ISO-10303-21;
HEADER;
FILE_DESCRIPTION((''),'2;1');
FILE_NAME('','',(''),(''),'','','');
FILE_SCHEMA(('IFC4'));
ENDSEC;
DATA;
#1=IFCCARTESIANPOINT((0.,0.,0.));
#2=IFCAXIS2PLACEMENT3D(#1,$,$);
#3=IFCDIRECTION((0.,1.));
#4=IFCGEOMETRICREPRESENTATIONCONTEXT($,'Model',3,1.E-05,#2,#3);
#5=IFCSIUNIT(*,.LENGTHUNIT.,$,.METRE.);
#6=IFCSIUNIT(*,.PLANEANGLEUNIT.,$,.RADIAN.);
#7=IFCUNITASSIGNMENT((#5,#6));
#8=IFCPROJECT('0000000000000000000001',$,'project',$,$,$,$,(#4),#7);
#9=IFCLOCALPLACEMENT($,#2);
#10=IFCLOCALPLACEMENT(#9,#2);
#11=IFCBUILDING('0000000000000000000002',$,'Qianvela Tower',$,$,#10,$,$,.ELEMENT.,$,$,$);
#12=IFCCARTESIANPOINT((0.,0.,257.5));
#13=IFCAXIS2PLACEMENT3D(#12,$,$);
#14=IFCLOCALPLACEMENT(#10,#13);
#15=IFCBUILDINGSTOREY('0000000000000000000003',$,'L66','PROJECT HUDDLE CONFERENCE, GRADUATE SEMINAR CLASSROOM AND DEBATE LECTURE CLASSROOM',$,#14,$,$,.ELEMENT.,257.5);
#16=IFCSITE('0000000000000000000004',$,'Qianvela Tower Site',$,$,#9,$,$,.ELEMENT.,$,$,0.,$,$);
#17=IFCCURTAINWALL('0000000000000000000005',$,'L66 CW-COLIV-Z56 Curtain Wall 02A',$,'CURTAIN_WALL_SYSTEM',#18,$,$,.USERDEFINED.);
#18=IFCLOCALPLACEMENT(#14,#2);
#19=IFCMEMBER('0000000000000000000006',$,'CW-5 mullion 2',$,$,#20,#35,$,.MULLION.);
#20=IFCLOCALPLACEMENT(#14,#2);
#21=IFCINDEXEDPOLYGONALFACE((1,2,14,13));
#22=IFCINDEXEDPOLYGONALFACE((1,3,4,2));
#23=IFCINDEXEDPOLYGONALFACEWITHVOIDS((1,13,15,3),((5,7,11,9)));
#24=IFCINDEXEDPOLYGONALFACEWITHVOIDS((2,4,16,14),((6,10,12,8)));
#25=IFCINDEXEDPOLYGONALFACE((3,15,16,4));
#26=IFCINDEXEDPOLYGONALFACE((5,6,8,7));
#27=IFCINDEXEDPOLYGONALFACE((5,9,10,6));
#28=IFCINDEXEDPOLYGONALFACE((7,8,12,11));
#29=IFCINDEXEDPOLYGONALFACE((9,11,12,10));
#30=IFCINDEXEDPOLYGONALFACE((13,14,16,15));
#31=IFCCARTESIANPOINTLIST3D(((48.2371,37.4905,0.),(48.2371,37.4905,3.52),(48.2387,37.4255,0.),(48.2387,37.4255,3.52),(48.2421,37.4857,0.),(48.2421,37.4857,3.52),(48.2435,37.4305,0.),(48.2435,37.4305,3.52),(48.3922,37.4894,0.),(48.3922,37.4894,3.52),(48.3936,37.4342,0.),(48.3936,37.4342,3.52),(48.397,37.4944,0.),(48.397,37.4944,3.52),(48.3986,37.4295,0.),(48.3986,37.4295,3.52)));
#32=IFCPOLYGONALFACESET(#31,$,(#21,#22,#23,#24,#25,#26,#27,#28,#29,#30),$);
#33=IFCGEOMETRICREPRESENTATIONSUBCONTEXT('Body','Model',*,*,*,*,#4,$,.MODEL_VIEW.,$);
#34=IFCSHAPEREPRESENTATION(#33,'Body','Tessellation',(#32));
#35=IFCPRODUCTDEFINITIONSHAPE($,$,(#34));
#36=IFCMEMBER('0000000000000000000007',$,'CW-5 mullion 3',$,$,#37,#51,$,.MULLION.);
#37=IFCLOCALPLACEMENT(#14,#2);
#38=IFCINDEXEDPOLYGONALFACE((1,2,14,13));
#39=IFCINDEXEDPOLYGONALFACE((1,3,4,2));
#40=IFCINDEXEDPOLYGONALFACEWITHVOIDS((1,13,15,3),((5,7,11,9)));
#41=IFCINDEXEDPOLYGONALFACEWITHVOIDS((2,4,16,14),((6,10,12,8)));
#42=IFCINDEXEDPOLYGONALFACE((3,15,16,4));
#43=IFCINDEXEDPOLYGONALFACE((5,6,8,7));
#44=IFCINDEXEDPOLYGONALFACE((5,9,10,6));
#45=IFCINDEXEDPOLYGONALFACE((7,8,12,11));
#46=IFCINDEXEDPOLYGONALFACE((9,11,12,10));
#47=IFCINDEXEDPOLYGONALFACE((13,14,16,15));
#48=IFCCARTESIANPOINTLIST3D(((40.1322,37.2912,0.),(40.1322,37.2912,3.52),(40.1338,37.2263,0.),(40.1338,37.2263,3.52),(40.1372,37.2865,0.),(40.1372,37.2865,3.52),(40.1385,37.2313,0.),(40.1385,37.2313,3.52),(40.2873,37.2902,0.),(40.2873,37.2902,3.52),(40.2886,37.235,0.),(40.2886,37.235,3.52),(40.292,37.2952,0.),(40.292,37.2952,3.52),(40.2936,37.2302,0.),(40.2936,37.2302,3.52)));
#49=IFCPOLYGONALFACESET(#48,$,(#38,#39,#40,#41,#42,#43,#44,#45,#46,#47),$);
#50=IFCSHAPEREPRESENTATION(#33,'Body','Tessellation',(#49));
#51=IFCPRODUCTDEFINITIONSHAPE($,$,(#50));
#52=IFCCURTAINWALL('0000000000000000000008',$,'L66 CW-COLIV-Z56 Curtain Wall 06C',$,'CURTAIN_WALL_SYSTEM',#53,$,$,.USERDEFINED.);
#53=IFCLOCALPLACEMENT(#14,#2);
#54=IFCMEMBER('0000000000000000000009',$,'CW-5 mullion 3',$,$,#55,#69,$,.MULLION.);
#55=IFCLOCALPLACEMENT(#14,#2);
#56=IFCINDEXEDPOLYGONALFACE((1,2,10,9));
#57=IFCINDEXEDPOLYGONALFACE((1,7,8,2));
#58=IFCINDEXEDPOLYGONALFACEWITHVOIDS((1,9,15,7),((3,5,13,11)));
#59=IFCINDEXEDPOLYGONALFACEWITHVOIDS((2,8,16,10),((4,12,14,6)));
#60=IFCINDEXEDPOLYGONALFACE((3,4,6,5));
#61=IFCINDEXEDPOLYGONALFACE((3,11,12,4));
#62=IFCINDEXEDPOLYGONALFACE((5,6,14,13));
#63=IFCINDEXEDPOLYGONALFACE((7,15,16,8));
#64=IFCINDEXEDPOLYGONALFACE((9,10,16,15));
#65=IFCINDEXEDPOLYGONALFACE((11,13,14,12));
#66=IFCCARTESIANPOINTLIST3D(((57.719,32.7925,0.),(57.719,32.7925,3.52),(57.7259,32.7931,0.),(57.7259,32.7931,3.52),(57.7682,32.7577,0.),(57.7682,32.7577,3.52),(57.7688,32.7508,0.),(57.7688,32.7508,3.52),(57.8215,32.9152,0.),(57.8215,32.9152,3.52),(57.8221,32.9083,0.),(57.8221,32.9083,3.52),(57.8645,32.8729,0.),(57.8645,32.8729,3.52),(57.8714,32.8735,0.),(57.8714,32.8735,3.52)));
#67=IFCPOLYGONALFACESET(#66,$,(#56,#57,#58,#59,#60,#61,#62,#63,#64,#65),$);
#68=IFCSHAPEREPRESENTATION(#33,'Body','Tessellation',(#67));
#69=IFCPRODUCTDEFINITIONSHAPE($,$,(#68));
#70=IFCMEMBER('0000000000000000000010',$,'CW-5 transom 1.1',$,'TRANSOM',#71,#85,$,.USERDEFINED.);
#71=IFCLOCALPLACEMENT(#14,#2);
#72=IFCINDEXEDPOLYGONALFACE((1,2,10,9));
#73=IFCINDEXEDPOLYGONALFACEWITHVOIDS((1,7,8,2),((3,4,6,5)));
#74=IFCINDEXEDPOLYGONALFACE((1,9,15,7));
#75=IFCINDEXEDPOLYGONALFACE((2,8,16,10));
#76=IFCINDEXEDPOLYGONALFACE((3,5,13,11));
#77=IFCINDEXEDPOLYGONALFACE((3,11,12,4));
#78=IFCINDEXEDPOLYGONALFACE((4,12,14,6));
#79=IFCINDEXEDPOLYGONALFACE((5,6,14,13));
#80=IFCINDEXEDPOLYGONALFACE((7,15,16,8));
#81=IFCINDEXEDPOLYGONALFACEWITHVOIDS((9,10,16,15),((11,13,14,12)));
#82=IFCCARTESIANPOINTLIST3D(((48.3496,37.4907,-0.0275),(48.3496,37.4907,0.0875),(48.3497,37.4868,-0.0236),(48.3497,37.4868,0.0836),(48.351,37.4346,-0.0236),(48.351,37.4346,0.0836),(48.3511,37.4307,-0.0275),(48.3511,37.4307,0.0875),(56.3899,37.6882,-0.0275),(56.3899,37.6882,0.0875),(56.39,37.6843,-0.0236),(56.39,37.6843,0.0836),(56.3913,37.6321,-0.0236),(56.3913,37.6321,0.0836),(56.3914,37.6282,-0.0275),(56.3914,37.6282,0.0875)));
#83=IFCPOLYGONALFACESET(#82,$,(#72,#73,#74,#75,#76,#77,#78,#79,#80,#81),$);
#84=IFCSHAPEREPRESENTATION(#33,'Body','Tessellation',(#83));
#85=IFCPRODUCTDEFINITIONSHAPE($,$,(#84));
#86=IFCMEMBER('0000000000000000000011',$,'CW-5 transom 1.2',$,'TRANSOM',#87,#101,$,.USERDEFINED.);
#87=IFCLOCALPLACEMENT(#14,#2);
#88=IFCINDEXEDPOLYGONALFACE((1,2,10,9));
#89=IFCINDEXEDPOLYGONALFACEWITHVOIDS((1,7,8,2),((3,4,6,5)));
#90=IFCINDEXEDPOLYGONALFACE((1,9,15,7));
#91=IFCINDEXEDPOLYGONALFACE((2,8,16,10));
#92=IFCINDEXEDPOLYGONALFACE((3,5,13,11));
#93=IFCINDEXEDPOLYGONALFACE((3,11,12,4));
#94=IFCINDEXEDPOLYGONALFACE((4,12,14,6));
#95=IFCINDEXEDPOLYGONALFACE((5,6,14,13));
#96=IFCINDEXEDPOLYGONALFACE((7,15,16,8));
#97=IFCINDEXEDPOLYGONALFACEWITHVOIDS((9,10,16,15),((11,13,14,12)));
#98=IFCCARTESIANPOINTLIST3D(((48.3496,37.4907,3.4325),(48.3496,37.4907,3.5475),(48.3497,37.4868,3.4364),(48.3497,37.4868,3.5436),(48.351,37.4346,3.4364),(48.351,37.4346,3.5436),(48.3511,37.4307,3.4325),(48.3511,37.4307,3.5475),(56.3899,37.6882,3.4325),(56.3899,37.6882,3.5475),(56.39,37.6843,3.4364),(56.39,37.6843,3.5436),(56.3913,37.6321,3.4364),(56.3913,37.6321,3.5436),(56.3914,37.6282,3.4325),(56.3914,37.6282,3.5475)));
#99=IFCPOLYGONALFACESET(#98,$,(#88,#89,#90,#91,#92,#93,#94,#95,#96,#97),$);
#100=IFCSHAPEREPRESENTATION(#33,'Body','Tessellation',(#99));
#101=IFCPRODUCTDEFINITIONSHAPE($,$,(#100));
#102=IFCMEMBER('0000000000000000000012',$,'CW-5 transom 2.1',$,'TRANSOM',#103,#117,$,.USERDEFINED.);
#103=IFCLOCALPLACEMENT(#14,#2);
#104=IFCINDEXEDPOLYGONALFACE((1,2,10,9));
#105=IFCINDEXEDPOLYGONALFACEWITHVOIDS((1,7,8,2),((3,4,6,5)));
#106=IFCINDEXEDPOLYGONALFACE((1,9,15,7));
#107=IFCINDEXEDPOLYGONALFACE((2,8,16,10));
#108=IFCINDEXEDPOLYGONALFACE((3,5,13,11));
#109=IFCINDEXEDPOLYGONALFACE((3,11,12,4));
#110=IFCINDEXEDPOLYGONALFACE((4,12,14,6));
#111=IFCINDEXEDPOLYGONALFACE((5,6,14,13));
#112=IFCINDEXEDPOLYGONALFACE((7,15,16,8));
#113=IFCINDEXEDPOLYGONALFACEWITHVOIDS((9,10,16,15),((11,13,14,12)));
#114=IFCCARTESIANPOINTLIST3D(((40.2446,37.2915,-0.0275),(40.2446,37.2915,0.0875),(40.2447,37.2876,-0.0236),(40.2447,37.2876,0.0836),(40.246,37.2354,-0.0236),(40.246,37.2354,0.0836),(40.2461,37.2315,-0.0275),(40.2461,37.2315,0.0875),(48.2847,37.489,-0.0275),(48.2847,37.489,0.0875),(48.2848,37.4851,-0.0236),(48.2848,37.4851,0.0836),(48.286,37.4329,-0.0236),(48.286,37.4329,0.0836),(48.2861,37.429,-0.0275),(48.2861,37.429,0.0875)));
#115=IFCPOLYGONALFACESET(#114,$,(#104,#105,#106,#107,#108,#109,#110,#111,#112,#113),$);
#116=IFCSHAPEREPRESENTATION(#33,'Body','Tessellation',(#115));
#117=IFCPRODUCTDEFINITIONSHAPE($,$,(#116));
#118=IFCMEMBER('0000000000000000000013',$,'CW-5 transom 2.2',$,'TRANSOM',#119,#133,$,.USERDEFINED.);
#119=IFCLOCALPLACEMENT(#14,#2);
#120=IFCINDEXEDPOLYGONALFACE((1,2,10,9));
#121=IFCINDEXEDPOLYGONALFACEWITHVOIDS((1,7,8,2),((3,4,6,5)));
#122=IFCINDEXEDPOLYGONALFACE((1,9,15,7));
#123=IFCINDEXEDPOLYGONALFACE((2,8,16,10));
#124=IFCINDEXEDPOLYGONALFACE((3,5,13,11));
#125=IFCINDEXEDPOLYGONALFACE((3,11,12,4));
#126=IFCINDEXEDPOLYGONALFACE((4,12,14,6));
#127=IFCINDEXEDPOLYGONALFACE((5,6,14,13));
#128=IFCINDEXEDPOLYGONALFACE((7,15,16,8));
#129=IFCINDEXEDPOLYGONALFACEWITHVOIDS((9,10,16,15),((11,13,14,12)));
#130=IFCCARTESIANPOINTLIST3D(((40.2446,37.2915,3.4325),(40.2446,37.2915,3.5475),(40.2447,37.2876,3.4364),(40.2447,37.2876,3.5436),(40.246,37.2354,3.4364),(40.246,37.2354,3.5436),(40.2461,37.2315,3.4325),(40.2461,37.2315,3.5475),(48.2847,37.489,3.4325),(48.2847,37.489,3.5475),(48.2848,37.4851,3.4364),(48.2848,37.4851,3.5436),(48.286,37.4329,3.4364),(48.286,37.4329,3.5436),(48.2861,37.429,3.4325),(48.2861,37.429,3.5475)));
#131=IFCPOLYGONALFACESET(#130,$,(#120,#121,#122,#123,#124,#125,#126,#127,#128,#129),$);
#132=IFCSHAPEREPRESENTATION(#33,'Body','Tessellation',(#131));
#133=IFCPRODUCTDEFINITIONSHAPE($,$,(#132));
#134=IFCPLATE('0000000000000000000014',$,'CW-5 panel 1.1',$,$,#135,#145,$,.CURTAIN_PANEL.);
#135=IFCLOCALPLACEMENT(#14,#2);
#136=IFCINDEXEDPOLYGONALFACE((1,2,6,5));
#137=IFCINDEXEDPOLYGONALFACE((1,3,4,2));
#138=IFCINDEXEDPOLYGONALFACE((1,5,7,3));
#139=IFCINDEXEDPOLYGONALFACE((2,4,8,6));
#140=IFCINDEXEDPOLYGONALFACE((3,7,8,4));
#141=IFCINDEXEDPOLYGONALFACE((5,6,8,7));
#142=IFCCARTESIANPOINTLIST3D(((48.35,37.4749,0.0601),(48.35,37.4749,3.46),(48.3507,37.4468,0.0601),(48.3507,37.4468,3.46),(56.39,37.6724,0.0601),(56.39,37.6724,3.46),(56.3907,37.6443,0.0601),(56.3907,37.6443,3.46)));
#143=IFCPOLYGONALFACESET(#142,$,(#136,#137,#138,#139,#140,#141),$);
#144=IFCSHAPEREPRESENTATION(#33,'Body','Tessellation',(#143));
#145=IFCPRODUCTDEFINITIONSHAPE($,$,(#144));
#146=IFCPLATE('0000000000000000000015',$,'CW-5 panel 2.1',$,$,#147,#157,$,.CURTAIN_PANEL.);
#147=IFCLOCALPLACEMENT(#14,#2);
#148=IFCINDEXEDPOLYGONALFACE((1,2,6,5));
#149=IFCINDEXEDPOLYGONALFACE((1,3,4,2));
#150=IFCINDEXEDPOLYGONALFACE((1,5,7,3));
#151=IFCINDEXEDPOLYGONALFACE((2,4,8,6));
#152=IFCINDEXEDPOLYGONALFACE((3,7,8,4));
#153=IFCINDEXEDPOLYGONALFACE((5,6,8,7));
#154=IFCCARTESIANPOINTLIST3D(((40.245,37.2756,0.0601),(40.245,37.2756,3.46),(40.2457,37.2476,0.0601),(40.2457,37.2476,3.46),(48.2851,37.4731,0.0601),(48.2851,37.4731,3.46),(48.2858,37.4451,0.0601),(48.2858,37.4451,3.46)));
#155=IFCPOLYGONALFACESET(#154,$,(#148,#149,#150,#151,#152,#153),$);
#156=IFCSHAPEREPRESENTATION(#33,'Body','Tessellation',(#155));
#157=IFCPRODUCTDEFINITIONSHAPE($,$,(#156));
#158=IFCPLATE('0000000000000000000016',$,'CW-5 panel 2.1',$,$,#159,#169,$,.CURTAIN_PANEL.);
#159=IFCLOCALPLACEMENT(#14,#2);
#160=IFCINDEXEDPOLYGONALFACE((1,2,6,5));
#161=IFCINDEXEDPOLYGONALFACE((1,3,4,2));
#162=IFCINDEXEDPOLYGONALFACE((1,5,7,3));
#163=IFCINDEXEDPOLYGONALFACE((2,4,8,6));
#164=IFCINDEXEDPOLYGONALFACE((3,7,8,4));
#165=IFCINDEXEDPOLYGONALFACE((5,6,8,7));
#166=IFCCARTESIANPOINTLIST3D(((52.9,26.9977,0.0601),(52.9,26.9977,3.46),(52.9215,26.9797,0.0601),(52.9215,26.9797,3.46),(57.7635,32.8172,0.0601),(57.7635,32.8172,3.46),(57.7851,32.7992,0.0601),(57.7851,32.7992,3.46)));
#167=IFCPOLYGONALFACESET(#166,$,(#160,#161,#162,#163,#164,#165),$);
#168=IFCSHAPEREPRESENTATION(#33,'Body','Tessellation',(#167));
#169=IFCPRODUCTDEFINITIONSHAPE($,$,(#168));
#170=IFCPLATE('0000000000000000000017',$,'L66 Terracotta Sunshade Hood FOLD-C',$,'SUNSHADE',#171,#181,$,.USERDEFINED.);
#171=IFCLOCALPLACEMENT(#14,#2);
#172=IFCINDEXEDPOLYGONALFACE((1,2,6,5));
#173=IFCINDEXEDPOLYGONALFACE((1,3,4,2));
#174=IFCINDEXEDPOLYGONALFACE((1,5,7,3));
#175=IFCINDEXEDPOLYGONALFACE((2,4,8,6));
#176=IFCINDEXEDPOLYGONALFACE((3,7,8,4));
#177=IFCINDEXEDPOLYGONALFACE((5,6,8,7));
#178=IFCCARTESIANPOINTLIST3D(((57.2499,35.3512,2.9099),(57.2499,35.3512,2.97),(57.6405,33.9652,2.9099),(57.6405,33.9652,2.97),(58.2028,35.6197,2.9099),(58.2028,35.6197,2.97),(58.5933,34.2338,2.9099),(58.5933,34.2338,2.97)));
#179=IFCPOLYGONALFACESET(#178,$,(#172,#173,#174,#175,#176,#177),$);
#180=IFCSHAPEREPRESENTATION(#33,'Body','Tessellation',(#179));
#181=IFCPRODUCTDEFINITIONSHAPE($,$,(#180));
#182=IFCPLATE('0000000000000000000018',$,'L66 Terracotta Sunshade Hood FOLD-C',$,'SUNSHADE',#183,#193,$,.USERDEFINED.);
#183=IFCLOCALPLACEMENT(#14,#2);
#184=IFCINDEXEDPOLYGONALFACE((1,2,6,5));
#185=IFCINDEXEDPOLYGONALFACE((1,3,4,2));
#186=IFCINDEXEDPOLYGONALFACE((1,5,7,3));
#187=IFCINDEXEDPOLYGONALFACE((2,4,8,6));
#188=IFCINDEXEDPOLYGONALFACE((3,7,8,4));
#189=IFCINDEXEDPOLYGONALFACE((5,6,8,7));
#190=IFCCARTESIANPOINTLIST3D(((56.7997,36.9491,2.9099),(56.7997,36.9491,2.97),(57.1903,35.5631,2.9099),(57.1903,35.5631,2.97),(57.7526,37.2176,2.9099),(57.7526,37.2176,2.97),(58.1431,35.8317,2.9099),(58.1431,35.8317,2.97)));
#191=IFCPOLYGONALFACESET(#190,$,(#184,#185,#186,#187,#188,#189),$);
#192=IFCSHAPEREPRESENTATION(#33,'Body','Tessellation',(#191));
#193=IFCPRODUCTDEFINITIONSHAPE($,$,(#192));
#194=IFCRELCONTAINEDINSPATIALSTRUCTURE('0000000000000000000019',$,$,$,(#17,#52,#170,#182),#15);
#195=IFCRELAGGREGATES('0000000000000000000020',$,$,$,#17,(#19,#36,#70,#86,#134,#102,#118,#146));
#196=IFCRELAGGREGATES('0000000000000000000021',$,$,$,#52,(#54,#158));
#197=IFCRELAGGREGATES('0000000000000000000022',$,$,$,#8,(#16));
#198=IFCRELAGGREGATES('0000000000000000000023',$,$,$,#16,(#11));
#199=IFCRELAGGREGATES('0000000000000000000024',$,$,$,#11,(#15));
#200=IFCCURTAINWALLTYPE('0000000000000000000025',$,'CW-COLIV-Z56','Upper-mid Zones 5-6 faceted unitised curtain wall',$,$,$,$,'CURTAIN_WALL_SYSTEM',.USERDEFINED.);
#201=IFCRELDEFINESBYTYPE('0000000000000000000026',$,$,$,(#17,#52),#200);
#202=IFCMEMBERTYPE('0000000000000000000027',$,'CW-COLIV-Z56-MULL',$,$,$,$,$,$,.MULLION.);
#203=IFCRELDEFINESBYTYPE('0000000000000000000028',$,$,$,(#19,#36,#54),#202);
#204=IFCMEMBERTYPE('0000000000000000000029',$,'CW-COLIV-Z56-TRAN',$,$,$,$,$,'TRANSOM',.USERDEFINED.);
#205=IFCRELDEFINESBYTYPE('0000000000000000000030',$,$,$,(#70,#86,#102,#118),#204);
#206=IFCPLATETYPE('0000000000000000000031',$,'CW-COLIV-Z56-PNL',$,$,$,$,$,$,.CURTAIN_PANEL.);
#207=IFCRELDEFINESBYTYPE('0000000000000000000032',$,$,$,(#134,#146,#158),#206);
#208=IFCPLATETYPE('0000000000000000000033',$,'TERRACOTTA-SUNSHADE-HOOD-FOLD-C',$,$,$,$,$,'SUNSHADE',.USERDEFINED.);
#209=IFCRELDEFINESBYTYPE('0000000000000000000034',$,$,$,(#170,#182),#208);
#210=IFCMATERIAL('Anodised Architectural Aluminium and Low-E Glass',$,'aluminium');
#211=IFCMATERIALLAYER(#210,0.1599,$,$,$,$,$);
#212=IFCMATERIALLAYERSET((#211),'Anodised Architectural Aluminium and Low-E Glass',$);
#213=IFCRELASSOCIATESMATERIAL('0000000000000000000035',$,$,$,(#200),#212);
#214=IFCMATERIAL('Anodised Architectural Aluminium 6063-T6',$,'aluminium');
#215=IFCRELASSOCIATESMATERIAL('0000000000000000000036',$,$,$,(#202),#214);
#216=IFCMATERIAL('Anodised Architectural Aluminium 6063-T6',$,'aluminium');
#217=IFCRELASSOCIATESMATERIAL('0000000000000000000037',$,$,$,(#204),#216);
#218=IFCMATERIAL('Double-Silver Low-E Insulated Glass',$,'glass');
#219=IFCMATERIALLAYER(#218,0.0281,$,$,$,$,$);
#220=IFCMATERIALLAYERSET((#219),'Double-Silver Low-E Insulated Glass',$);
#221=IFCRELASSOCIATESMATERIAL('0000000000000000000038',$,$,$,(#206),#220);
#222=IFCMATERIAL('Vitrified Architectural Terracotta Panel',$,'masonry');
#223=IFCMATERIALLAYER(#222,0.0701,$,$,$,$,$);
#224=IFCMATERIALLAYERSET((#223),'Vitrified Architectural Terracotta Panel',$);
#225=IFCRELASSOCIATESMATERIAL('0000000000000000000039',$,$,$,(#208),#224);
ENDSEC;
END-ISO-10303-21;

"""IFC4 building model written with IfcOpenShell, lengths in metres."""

from ifc_helpers import new_model, si_unit, direction, frame, origin, origin_2d, place, context, subcontext, project, spatial, rectangle, hollow_rectangle, extrude, material, layer, layer_set, material_profile, profile_set, type_object, element, aggregate, save


model = new_model("IFC4")

# Units and contexts
model_context = context("Model", 3, precision=1e-05, world=origin(), true_north=direction((0.0, 1.0)))
body_context = subcontext(model_context, "Body", "Model", "MODEL_VIEW")
ifc_project = project(units=[si_unit("LENGTHUNIT", "METRE"), si_unit("PLANEANGLEUNIT", "RADIAN")], contexts=[model_context])

# Site, building, storey
site_placement = place(None, origin())
site = spatial("IfcSite", under=ifc_project, at=site_placement, Name="Qianvela Tower Site", CompositionType="ELEMENT", RefElevation=0.0)
building_placement = place(site_placement, origin())
building = spatial("IfcBuilding", under=site, at=building_placement, Name="Qianvela Tower", CompositionType="ELEMENT")
storey_placement = place(building_placement, frame((0.0, 0.0, 257.5)))
storey = spatial("IfcBuildingStorey", under=building, at=storey_placement, Name="L66", Description="PROJECT HUDDLE CONFERENCE, GRADUATE SEMINAR CLASSROOM AND DEBATE LECTURE CLASSROOM", CompositionType="ELEMENT", Elevation=257.5)

# Curtain wall, members
ifc_material_1 = material(Name="Anodised Architectural Aluminium and Low-E Glass", Category="aluminium")
ifc_layer_1 = layer(ifc_material_1, 0.1599)
ifc_layer_set_1 = layer_set([ifc_layer_1], Name="Anodised Architectural Aluminium and Low-E Glass")
curtain_wall_type_1 = type_object("IfcCurtainWallType", Name="CW-COLIV-Z56", Description="Upper-mid Zones 5-6 faceted unitised curtain wall", ElementType="CURTAIN_WALL_SYSTEM", PredefinedType="USERDEFINED", material=ifc_layer_set_1)
curtain_wall_1_placement = place(storey_placement, origin())
curtain_wall_1 = element("IfcCurtainWall", 1, at=curtain_wall_1_placement, inside=storey, type_object=curtain_wall_type_1, Name="L66 CW-COLIV-Z56 Curtain Wall 02A", ObjectType="CURTAIN_WALL_SYSTEM", PredefinedType="USERDEFINED")
ifc_material_2 = material(Name="Anodised Architectural Aluminium 6063-T6", Category="aluminium")
ifc_material_profile_1 = material_profile(ifc_material_2, hollow_rectangle(XDim=0.0649, YDim=0.1599, WallThickness=0.0049, at=origin_2d()), Name="ALU-MULL-65x160")
ifc_profile_set_1 = profile_set([ifc_material_profile_1], Name="Anodised Architectural Aluminium 6063-T6")
member_type_1 = type_object("IfcMemberType", Name="CW-COLIV-Z56-MULL", PredefinedType="MULLION", material=ifc_profile_set_1)
member_1_placement = place(storey_placement, frame((48.3179, 37.46, 0.0), z_axis=(0.0, 0.0, 1.0), x_axis=(0.024558, -0.999698, 0.0)))
member_1 = element("IfcMember", 2, at=member_1_placement, type_object=member_type_1, Name="CW-5 mullion 2", PredefinedType="MULLION", context=body_context, shape_type="SweptSolid", body=[
    extrude(hollow_rectangle(XDim=0.0649, YDim=0.1599, WallThickness=0.0049, at=origin_2d()), origin(), (0.0, 0.0, 1.0), 3.52),
])
member_2_placement = place(storey_placement, frame((40.2129, 37.2607, 0.0), z_axis=(0.0, 0.0, 1.0), x_axis=(0.024558, -0.999698, 0.0)))
member_2 = element("IfcMember", 3, at=member_2_placement, type_object=member_type_1, Name="CW-5 mullion 3", PredefinedType="MULLION", context=body_context, shape_type="SweptSolid", body=[
    extrude(hollow_rectangle(XDim=0.0649, YDim=0.1599, WallThickness=0.0049, at=origin_2d()), origin(), (0.0, 0.0, 1.0), 3.52),
])

# Curtain wall, member
curtain_wall_2_placement = place(storey_placement, origin())
curtain_wall_2 = element("IfcCurtainWall", 4, at=curtain_wall_2_placement, inside=storey, type_object=curtain_wall_type_1, Name="L66 CW-COLIV-Z56 Curtain Wall 06C", ObjectType="CURTAIN_WALL_SYSTEM", PredefinedType="USERDEFINED")
member_3_placement = place(storey_placement, frame((57.7952, 32.833, 0.0), z_axis=(0.0, 0.0, 1.0), x_axis=(-0.767312, 0.641273, 0.0)))
member_3 = element("IfcMember", 5, at=member_3_placement, type_object=member_type_1, Name="CW-5 mullion 3", PredefinedType="MULLION", context=body_context, shape_type="SweptSolid", body=[
    extrude(hollow_rectangle(XDim=0.0649, YDim=0.1599, WallThickness=0.0049, at=origin_2d()), origin(), (0.0, 0.0, 1.0), 3.52),
])

# Members
ifc_material_3 = material(Name="Anodised Architectural Aluminium 6063-T6", Category="aluminium")
ifc_material_profile_2 = material_profile(ifc_material_3, hollow_rectangle(XDim=0.0601, YDim=0.115, WallThickness=0.0039, at=origin_2d()), Name="ALU-TRAN-60x115")
ifc_profile_set_2 = profile_set([ifc_material_profile_2], Name="Anodised Architectural Aluminium 6063-T6")
member_type_2 = type_object("IfcMemberType", Name="CW-COLIV-Z56-TRAN", ElementType="TRANSOM", PredefinedType="USERDEFINED", material=ifc_profile_set_2)
member_4_placement = place(storey_placement, frame((56.3906, 37.6582, 0.03), z_axis=(-0.999698, -0.024558, 0.0), x_axis=(0.024558, -0.999698, 0.0)))
member_4 = element("IfcMember", 6, at=member_4_placement, type_object=member_type_2, Name="CW-5 transom 1.1", ObjectType="TRANSOM", PredefinedType="USERDEFINED", context=body_context, shape_type="SweptSolid", body=[
    extrude(hollow_rectangle(XDim=0.0601, YDim=0.115, WallThickness=0.0039, at=origin_2d()), origin(), (0.0, 0.0, 1.0), 8.0427),
])
member_5_placement = place(storey_placement, frame((56.3906, 37.6582, 3.49), z_axis=(-0.999698, -0.024558, 0.0), x_axis=(0.024558, -0.999698, 0.0)))
member_5 = element("IfcMember", 7, at=member_5_placement, type_object=member_type_2, Name="CW-5 transom 1.2", ObjectType="TRANSOM", PredefinedType="USERDEFINED", context=body_context, shape_type="SweptSolid", body=[
    extrude(hollow_rectangle(XDim=0.0601, YDim=0.115, WallThickness=0.0039, at=origin_2d()), origin(), (0.0, 0.0, 1.0), 8.0427),
])
member_6_placement = place(storey_placement, frame((48.2854, 37.459, 0.03), z_axis=(-0.999698, -0.024558, 0.0), x_axis=(0.024558, -0.999698, 0.0)))
member_6 = element("IfcMember", 8, at=member_6_placement, type_object=member_type_2, Name="CW-5 transom 2.1", ObjectType="TRANSOM", PredefinedType="USERDEFINED", context=body_context, shape_type="SweptSolid", body=[
    extrude(hollow_rectangle(XDim=0.0601, YDim=0.115, WallThickness=0.0039, at=origin_2d()), origin(), (0.0, 0.0, 1.0), 8.0425),
])
member_7_placement = place(storey_placement, frame((48.2854, 37.459, 3.49), z_axis=(-0.999698, -0.024558, 0.0), x_axis=(0.024558, -0.999698, 0.0)))
member_7 = element("IfcMember", 9, at=member_7_placement, type_object=member_type_2, Name="CW-5 transom 2.2", ObjectType="TRANSOM", PredefinedType="USERDEFINED", context=body_context, shape_type="SweptSolid", body=[
    extrude(hollow_rectangle(XDim=0.0601, YDim=0.115, WallThickness=0.0039, at=origin_2d()), origin(), (0.0, 0.0, 1.0), 8.0425),
])

# Plates
ifc_material_4 = material(Name="Double-Silver Low-E Insulated Glass", Category="glass")
ifc_layer_2 = layer(ifc_material_4, 0.0281)
ifc_layer_set_2 = layer_set([ifc_layer_2], Name="Double-Silver Low-E Insulated Glass")
plate_type_1 = type_object("IfcPlateType", Name="CW-COLIV-Z56-PNL", PredefinedType="CURTAIN_PANEL", material=ifc_layer_set_2)
plate_1_placement = place(storey_placement, frame((52.3704, 37.5596, 0.0601), z_axis=(0.0, 0.0, 1.0), x_axis=(-0.999698, -0.024558, 0.0)))
plate_1 = element("IfcPlate", 10, at=plate_1_placement, type_object=plate_type_1, Name="CW-5 panel 1.1", PredefinedType="CURTAIN_PANEL", context=body_context, shape_type="SweptSolid", body=[
    extrude(rectangle(XDim=8.0425, YDim=0.0281, at=origin_2d()), origin(), (0.0, 0.0, 1.0), 3.3999),
])
plate_2_placement = place(storey_placement, frame((44.2654, 37.3604, 0.0601), z_axis=(0.0, 0.0, 1.0), x_axis=(-0.999698, -0.024558, 0.0)))
plate_2 = element("IfcPlate", 11, at=plate_2_placement, type_object=plate_type_1, Name="CW-5 panel 2.1", PredefinedType="CURTAIN_PANEL", context=body_context, shape_type="SweptSolid", body=[
    extrude(rectangle(XDim=8.0425, YDim=0.0281, at=origin_2d()), origin(), (0.0, 0.0, 1.0), 3.3999),
])
aggregate(curtain_wall_1, [member_1, member_2, member_4, member_5, plate_1, member_6, member_7, plate_2])
plate_3_placement = place(storey_placement, frame((55.3425, 29.8984, 0.0601), z_axis=(0.0, 0.0, 1.0), x_axis=(0.641273, 0.767312, 0.0)))
plate_3 = element("IfcPlate", 12, at=plate_3_placement, type_object=plate_type_1, Name="CW-5 panel 2.1", PredefinedType="CURTAIN_PANEL", context=body_context, shape_type="SweptSolid", body=[
    extrude(rectangle(XDim=7.5842, YDim=0.0281, at=origin_2d()), origin(), (0.0, 0.0, 1.0), 3.3999),
])
aggregate(curtain_wall_2, [member_3, plate_3])

# Plates
ifc_material_5 = material(Name="Vitrified Architectural Terracotta Panel", Category="masonry")
ifc_layer_3 = layer(ifc_material_5, 0.0701)
ifc_layer_set_3 = layer_set([ifc_layer_3], Name="Vitrified Architectural Terracotta Panel")
plate_type_2 = type_object("IfcPlateType", Name="TERRACOTTA-SUNSHADE-HOOD-FOLD-C", ElementType="SUNSHADE", PredefinedType="USERDEFINED", material=ifc_layer_set_3)
for number, where, z_axis, x_axis, name in (
    (13, (57.9216, 34.7925, 2.9099), (0.0, 0.0, 1.0), (-0.271224, 0.962516, 0.0), "L66 Terracotta Sunshade Hood FOLD-C"),
    (14, (57.4714, 36.3904, 2.9099), (0.0, 0.0, 1.0), (-0.271224, 0.962516, 0.0), "L66 Terracotta Sunshade Hood FOLD-C"),
):
    element("IfcPlate", number, at=place(storey_placement, frame(where, z_axis=z_axis, x_axis=x_axis)), inside=storey, type_object=plate_type_2, Name=name, ObjectType="SUNSHADE", PredefinedType="USERDEFINED", context=body_context, shape_type="SweptSolid", body=[
        extrude(rectangle(XDim=1.4399, YDim=0.99, at=origin_2d()), origin(), (0.0, 0.0, 1.0), 0.0601),
    ])

save(model, "model.ifc")
